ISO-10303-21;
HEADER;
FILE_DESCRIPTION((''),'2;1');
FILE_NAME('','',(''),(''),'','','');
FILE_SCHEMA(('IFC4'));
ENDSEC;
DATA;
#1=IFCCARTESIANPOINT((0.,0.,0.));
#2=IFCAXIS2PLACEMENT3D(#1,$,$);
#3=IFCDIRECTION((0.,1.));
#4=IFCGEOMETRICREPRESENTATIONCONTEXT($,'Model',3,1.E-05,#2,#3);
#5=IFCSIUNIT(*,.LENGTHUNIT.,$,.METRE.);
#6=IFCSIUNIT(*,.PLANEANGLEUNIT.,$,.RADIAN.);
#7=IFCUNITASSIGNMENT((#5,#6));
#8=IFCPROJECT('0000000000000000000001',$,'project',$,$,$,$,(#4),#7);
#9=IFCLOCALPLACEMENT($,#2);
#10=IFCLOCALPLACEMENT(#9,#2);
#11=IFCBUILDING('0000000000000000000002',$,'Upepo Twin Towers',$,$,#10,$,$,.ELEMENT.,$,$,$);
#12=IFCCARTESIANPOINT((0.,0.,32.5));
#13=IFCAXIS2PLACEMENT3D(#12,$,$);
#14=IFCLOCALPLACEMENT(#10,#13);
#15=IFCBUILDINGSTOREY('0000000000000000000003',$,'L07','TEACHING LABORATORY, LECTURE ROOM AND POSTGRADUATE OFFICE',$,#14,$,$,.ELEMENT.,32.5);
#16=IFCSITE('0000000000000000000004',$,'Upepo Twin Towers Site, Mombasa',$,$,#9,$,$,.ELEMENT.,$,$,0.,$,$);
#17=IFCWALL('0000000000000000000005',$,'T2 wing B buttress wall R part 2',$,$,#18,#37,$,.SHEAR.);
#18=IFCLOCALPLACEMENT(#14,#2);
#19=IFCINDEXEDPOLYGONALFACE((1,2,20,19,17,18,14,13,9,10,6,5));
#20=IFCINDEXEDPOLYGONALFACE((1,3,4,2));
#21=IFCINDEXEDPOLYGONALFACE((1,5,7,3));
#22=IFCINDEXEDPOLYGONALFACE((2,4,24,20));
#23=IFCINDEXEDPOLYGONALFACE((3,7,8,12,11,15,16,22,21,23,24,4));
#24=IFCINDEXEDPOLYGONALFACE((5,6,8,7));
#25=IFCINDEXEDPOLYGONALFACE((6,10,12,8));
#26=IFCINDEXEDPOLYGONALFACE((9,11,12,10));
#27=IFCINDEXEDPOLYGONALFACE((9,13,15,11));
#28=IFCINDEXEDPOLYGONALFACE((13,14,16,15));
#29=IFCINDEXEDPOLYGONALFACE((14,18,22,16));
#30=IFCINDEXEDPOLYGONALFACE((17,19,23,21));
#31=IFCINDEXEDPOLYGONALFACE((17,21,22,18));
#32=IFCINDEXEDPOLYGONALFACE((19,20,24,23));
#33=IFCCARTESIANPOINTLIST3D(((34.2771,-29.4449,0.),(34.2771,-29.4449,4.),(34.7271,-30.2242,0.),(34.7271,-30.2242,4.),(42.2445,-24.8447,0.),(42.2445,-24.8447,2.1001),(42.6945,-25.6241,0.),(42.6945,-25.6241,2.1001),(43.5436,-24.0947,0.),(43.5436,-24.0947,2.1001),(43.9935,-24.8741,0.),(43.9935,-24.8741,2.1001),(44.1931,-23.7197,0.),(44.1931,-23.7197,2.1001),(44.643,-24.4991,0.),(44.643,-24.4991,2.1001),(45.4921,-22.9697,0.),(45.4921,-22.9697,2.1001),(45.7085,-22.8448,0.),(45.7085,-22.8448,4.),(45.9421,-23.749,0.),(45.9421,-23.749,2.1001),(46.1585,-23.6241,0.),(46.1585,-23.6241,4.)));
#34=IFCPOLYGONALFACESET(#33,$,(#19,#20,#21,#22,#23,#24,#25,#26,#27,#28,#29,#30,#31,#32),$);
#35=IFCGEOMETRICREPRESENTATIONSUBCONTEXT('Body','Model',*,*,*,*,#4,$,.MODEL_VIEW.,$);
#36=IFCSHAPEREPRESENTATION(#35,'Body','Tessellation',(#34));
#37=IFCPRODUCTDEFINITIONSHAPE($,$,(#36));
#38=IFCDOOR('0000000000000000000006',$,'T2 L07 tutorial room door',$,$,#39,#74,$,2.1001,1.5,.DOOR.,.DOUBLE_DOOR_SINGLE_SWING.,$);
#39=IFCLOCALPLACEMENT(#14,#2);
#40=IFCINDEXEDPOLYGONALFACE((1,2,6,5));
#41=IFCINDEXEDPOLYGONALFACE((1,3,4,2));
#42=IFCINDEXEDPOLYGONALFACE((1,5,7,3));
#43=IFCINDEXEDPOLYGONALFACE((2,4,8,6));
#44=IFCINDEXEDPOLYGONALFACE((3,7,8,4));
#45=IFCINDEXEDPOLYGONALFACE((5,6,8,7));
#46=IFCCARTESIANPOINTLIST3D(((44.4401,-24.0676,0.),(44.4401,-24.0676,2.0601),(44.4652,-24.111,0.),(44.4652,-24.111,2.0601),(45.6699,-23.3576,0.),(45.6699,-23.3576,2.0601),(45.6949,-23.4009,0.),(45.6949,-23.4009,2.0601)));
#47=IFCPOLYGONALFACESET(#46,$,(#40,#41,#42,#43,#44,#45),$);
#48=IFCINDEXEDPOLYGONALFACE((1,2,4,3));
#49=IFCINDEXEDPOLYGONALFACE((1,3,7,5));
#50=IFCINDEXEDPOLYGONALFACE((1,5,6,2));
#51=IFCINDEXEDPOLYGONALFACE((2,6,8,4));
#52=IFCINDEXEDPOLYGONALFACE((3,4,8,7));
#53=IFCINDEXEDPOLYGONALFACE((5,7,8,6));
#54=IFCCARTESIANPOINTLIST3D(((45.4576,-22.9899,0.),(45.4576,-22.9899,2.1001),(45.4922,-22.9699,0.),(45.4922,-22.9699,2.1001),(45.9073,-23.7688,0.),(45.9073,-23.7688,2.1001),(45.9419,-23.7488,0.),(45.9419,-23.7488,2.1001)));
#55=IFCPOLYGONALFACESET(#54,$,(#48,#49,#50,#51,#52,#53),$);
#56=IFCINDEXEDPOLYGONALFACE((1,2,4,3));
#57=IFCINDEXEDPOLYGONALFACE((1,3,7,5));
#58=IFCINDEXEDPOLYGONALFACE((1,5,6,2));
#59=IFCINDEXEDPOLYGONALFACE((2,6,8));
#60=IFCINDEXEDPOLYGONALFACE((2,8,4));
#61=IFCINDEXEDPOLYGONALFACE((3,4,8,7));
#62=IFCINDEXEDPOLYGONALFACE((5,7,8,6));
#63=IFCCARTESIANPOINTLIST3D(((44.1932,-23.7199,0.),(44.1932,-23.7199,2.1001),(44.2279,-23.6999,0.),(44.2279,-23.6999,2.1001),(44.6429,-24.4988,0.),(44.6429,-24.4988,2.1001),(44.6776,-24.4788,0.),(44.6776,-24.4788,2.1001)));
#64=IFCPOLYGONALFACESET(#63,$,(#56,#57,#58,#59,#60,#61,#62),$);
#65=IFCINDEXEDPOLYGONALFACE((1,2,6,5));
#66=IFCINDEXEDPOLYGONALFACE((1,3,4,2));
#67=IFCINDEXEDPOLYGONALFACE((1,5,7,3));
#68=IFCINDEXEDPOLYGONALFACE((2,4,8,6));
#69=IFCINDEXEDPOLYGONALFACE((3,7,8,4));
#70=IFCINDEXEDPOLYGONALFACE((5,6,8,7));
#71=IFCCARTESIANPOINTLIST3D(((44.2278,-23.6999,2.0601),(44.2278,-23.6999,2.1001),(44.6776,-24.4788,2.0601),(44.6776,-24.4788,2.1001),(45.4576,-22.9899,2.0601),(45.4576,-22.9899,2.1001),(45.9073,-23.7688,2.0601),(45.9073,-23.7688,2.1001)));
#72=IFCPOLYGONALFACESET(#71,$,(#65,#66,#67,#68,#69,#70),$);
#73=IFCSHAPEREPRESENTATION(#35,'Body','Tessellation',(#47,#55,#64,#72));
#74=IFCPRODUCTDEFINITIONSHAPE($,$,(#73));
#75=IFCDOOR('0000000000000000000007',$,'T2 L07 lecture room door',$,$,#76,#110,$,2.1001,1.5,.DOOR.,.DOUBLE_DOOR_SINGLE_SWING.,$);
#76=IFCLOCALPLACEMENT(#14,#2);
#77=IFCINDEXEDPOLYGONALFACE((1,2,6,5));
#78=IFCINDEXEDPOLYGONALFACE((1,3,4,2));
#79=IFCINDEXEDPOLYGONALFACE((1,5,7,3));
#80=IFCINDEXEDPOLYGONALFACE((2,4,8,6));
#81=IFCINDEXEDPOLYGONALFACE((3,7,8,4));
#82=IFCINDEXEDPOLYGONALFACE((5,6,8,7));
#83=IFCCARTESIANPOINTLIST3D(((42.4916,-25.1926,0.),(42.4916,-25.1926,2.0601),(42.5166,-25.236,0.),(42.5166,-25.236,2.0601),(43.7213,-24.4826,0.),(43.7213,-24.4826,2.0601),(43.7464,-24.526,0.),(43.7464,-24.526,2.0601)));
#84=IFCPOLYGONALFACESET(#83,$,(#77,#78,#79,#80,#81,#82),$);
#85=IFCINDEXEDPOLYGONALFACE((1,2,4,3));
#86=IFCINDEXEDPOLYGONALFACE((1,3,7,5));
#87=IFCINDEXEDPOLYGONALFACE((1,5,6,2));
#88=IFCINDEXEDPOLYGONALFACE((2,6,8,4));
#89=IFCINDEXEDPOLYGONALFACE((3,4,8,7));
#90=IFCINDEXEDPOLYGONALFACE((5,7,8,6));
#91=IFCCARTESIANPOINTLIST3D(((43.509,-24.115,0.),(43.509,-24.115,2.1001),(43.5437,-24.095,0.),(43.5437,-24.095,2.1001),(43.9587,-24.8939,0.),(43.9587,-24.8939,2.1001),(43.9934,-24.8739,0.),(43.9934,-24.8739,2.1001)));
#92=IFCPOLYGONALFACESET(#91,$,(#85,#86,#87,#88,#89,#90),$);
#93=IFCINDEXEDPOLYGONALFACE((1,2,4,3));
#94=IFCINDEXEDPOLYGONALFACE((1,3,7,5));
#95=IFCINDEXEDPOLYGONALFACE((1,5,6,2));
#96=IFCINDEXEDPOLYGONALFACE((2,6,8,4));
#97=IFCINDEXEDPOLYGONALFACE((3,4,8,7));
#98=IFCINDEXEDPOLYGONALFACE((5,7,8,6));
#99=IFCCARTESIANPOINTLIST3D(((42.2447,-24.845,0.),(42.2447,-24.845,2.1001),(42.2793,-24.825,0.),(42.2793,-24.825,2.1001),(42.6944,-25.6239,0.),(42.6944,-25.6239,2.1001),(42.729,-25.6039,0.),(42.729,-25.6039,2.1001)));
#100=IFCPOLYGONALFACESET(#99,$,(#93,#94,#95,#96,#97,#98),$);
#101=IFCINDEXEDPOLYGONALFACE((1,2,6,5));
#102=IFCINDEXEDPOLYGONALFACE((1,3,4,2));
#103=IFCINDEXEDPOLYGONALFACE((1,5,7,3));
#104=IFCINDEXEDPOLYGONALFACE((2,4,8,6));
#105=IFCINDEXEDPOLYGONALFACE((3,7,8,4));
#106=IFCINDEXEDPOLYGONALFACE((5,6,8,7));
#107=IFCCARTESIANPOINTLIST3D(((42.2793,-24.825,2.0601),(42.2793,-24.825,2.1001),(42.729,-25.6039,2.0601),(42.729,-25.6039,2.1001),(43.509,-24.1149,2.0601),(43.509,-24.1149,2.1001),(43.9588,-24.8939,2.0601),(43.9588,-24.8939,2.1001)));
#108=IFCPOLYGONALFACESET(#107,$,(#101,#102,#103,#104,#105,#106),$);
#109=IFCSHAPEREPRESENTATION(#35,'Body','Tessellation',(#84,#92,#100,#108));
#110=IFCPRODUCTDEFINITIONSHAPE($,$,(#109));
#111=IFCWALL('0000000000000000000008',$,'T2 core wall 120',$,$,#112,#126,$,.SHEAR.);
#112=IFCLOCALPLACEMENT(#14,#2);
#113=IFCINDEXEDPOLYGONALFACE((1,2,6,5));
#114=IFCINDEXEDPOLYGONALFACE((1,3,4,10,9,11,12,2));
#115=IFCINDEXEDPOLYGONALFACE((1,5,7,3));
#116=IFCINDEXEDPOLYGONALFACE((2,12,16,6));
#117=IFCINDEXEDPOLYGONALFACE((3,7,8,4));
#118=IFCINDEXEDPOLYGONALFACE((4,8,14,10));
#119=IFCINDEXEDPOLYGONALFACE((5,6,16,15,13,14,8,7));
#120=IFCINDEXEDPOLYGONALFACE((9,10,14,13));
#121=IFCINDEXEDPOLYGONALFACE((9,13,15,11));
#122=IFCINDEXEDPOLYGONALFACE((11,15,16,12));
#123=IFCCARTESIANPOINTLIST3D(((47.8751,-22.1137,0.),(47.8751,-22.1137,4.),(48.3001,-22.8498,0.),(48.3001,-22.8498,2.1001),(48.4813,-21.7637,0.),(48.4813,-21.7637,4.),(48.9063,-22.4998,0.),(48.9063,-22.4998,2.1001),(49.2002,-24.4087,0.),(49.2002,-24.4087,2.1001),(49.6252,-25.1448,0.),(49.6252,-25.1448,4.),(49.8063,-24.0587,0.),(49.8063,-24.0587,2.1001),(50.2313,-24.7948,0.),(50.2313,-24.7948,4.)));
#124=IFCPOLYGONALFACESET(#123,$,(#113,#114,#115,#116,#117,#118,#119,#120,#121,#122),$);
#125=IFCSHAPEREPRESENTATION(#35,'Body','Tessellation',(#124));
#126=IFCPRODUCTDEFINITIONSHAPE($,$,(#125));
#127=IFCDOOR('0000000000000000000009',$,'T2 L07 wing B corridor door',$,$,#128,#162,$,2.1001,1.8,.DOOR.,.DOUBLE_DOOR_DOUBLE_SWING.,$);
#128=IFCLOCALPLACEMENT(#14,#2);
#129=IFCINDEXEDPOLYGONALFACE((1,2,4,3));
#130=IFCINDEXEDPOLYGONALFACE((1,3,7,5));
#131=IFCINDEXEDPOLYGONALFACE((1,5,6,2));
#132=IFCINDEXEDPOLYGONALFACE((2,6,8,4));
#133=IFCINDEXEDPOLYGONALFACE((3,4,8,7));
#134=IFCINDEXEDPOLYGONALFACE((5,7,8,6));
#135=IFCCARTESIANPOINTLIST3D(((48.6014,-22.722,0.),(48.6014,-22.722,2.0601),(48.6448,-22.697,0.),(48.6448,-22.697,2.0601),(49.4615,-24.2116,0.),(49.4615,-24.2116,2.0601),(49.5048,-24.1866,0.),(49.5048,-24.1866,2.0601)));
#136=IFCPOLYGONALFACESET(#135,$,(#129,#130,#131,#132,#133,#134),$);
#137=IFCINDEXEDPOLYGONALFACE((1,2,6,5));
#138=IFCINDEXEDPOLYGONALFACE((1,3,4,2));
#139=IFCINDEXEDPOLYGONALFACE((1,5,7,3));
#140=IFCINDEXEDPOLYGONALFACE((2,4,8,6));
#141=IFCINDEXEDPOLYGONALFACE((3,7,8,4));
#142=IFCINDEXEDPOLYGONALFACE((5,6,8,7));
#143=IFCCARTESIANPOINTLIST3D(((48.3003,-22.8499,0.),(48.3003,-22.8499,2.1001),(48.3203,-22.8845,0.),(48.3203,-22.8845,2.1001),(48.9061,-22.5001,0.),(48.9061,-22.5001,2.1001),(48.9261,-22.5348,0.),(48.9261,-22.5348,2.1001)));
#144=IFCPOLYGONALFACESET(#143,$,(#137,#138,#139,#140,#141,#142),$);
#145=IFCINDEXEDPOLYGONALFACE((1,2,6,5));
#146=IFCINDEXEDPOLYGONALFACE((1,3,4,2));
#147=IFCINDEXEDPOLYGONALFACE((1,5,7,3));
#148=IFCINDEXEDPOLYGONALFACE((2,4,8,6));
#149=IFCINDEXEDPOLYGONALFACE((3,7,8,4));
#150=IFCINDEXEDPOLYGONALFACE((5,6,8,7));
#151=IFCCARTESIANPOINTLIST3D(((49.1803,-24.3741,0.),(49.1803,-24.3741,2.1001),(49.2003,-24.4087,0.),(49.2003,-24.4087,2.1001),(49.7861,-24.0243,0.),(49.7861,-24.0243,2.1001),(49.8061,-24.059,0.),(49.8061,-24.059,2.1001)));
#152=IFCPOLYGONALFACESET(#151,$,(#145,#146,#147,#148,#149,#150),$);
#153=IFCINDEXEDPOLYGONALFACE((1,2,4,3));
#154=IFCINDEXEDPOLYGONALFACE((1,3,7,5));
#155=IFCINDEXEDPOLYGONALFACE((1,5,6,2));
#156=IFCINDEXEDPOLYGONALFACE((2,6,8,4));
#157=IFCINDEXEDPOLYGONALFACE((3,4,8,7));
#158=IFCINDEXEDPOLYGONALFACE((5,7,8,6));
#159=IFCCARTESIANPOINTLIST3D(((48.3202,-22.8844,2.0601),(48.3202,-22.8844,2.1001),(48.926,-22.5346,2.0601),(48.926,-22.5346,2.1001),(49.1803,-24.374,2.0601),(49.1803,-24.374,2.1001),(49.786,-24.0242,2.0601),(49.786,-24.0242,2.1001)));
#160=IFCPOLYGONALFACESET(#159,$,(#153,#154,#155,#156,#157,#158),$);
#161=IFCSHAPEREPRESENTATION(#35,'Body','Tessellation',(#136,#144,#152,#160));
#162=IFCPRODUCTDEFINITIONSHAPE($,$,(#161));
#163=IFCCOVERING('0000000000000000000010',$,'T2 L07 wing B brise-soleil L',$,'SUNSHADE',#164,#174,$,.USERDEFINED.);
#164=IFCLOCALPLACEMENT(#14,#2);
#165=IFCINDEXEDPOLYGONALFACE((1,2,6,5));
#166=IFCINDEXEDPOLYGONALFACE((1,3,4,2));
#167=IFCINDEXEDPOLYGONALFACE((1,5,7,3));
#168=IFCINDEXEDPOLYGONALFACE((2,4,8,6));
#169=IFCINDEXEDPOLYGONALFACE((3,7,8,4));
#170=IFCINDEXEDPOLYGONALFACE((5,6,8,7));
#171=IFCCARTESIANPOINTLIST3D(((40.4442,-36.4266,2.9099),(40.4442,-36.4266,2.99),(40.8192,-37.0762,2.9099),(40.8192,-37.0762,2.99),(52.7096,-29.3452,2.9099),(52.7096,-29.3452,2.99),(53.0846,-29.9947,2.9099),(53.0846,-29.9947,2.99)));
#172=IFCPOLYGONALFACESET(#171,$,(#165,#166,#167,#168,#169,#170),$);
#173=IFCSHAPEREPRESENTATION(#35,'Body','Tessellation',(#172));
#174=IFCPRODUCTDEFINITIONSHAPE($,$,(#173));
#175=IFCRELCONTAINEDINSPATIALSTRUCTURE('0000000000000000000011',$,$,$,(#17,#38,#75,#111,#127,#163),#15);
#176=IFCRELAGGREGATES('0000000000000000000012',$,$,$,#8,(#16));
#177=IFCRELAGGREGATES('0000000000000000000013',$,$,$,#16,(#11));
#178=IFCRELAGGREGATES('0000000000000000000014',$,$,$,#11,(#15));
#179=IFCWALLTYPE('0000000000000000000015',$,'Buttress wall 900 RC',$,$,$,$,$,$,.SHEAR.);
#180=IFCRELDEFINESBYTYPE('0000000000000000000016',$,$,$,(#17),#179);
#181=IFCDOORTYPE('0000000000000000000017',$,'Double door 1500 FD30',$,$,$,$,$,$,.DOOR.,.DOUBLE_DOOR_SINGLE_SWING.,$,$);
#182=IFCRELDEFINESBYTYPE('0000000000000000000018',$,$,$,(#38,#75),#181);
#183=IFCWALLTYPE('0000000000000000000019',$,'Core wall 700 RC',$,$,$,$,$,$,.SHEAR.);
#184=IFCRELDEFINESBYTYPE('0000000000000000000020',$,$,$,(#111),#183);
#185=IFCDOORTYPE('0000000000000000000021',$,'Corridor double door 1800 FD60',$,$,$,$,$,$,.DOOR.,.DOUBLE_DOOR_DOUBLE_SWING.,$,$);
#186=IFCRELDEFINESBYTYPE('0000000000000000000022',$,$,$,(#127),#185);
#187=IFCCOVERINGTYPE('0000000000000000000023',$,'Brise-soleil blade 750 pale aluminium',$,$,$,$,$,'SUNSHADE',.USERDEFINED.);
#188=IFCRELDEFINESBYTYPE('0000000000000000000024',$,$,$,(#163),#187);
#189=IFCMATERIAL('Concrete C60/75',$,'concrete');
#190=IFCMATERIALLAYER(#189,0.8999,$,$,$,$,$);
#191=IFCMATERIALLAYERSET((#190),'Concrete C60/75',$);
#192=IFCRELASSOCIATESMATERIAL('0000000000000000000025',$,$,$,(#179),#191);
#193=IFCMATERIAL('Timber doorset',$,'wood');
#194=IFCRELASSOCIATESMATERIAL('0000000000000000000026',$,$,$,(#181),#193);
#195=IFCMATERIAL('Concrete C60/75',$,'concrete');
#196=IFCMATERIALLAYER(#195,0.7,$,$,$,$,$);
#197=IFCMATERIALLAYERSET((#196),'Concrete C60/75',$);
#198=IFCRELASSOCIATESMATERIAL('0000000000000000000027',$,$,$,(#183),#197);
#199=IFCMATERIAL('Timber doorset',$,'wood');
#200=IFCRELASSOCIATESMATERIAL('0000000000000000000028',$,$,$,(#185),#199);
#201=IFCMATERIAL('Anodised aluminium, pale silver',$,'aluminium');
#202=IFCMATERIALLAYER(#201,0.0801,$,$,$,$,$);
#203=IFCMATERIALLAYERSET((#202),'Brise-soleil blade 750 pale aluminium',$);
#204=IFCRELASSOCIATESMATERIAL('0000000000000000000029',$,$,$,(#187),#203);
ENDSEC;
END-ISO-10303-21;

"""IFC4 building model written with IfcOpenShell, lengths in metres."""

from ifc_helpers import new_model, si_unit, direction, frame, frame_2d, origin, origin_2d, place, context, subcontext, project, spatial, rectangle, extrude, material, layer, layer_set, type_object, element, fill, save


model = new_model("IFC4")

# Units and contexts
model_context = context("Model", 3, precision=1e-05, world=origin(), true_north=direction((0.0, 1.0)))
body_context = subcontext(model_context, "Body", "Model", "MODEL_VIEW")
ifc_project = project(units=[si_unit("LENGTHUNIT", "METRE"), si_unit("PLANEANGLEUNIT", "RADIAN")], contexts=[model_context])

# Site, building, storey
site_placement = place(None, origin())
site = spatial("IfcSite", under=ifc_project, at=site_placement, Name="Upepo Twin Towers Site, Mombasa", CompositionType="ELEMENT", RefElevation=0.0)
building_placement = place(site_placement, origin())
building = spatial("IfcBuilding", under=site, at=building_placement, Name="Upepo Twin Towers", CompositionType="ELEMENT")
storey_placement = place(building_placement, frame((0.0, 0.0, 32.5)))
storey = spatial("IfcBuildingStorey", under=building, at=storey_placement, Name="L07", Description="TEACHING LABORATORY, LECTURE ROOM AND POSTGRADUATE OFFICE", CompositionType="ELEMENT", Elevation=32.5)

# Wall, openings, doors
ifc_material_1 = material(Name="Concrete C60/75", Category="concrete")
ifc_layer_1 = layer(ifc_material_1, 0.8999)
ifc_layer_set_1 = layer_set([ifc_layer_1], Name="Concrete C60/75")
wall_type_1 = type_object("IfcWallType", Name="Buttress wall 900 RC", PredefinedType="SHEAR", material=ifc_layer_set_1)
ifc_material_2 = material(Name="Timber doorset", Category="wood")
door_type_1 = type_object("IfcDoorType", Name="Double door 1500 FD30", OperationType="DOUBLE_DOOR_SINGLE_SWING", PredefinedType="DOOR", material=ifc_material_2)
wall_1_placement = place(storey_placement, frame((45.9336, -23.2344, 0.0), z_axis=(0.0, 0.0, 1.0), x_axis=(-0.86602, -0.50001, 0.0)))
wall_1 = element("IfcWall", 1, at=wall_1_placement, inside=storey, type_object=wall_type_1, Name="T2 wing B buttress wall R part 2", PredefinedType="SHEAR", context=body_context, shape_type="SweptSolid", body=[
    extrude(rectangle(XDim=13.2, YDim=0.8999, at=frame_2d((6.6001, 0.0))), origin(), (0.0, 0.0, 1.0), 4.0),
])
opening_1_placement = place(wall_1_placement, frame((0.25, 0.0, 0.0)))
opening_1 = element("IfcOpeningElement", 2, at=opening_1_placement, cuts=wall_1, PredefinedType="OPENING", context=body_context, shape_type="SweptSolid", body=[
    extrude(rectangle(XDim=1.5, YDim=2.1001, at=frame_2d((0.75, 1.05))), frame((0.0, 0.46, 0.0), z_axis=(0.0, -1.0, 0.0), x_axis=(1.0, 0.0, 0.0)), (0.0, 0.0, 1.0), 0.9199),
])
opening_2_placement = place(wall_1_placement, frame((2.5, 0.0, 0.0)))
opening_2 = element("IfcOpeningElement", 3, at=opening_2_placement, cuts=wall_1, PredefinedType="OPENING", context=body_context, shape_type="SweptSolid", body=[
    extrude(rectangle(XDim=1.5, YDim=2.1001, at=frame_2d((0.75, 1.05))), frame((0.0, 0.46, 0.0), z_axis=(0.0, -1.0, 0.0), x_axis=(1.0, 0.0, 0.0)), (0.0, 0.0, 1.0), 0.9199),
])
door_1_placement = place(opening_1_placement, origin())
door_1 = element("IfcDoor", 4, at=door_1_placement, inside=storey, type_object=door_type_1, Name="T2 L07 tutorial room door", OperationType="DOUBLE_DOOR_SINGLE_SWING", OverallHeight=2.1001, OverallWidth=1.5, PredefinedType="DOOR", context=body_context, shape_type="SweptSolid", body=[
    extrude(rectangle(XDim=1.42, YDim=2.0601, at=frame_2d((0.75, 1.03))), frame((0.0, 0.0249, 0.0), z_axis=(0.0, -1.0, 0.0), x_axis=(1.0, 0.0, 0.0)), (0.0, 0.0, 1.0), 0.05),
    extrude(rectangle(XDim=0.04, YDim=2.1001, at=frame_2d((0.02, 1.05))), frame((0.0, 0.4497, 0.0), z_axis=(0.0, -1.0, 0.0), x_axis=(1.0, 0.0, 0.0)), (0.0, 0.0, 1.0), 0.8994),
    extrude(rectangle(XDim=0.04, YDim=2.1001, at=frame_2d((1.48, 1.05))), frame((0.0, 0.4497, 0.0), z_axis=(0.0, -1.0, 0.0), x_axis=(1.0, 0.0, 0.0)), (0.0, 0.0, 1.0), 0.8994),
    extrude(rectangle(XDim=1.42, YDim=0.04, at=frame_2d((0.75, 2.0801))), frame((0.0, 0.4497, 0.0), z_axis=(0.0, -1.0, 0.0), x_axis=(1.0, 0.0, 0.0)), (0.0, 0.0, 1.0), 0.8994),
])
fill(opening_1, door_1)
door_2_placement = place(opening_2_placement, origin())
door_2 = element("IfcDoor", 5, at=door_2_placement, inside=storey, type_object=door_type_1, Name="T2 L07 lecture room door", OperationType="DOUBLE_DOOR_SINGLE_SWING", OverallHeight=2.1001, OverallWidth=1.5, PredefinedType="DOOR", context=body_context, shape_type="SweptSolid", body=[
    extrude(rectangle(XDim=1.42, YDim=2.0601, at=frame_2d((0.75, 1.03))), frame((0.0, 0.0249, 0.0), z_axis=(0.0, -1.0, 0.0), x_axis=(1.0, 0.0, 0.0)), (0.0, 0.0, 1.0), 0.05),
    extrude(rectangle(XDim=0.04, YDim=2.1001, at=frame_2d((0.02, 1.05))), frame((0.0, 0.4497, 0.0), z_axis=(0.0, -1.0, 0.0), x_axis=(1.0, 0.0, 0.0)), (0.0, 0.0, 1.0), 0.8994),
    extrude(rectangle(XDim=0.04, YDim=2.1001, at=frame_2d((1.48, 1.05))), frame((0.0, 0.4497, 0.0), z_axis=(0.0, -1.0, 0.0), x_axis=(1.0, 0.0, 0.0)), (0.0, 0.0, 1.0), 0.8994),
    extrude(rectangle(XDim=1.42, YDim=0.04, at=frame_2d((0.75, 2.0801))), frame((0.0, 0.4497, 0.0), z_axis=(0.0, -1.0, 0.0), x_axis=(1.0, 0.0, 0.0)), (0.0, 0.0, 1.0), 0.8994),
])
fill(opening_2, door_2)

# Wall, opening, door
ifc_material_3 = material(Name="Concrete C60/75", Category="concrete")
ifc_layer_2 = layer(ifc_material_3, 0.7)
ifc_layer_set_2 = layer_set([ifc_layer_2], Name="Concrete C60/75")
wall_type_2 = type_object("IfcWallType", Name="Core wall 700 RC", PredefinedType="SHEAR", material=ifc_layer_set_2)
wall_2_placement = place(storey_placement, frame((48.1782, -21.9387, 0.0), z_axis=(0.0, 0.0, 1.0), x_axis=(0.50001, -0.866019, 0.0)))
wall_2 = element("IfcWall", 6, at=wall_2_placement, inside=storey, type_object=wall_type_2, Name="T2 core wall 120", PredefinedType="SHEAR", context=body_context, shape_type="SweptSolid", body=[
    extrude(rectangle(XDim=3.5, YDim=0.7, at=frame_2d((1.75, 0.0))), origin(), (0.0, 0.0, 1.0), 4.0),
])
opening_3_placement = place(wall_2_placement, frame((0.8501, 0.0, 0.0)))
opening_3 = element("IfcOpeningElement", 7, at=opening_3_placement, cuts=wall_2, PredefinedType="OPENING", context=body_context, shape_type="SweptSolid", body=[
    extrude(rectangle(XDim=1.8, YDim=2.1001, at=frame_2d((0.8999, 1.05))), frame((0.0, 0.3599, 0.0), z_axis=(0.0, -1.0, 0.0), x_axis=(1.0, 0.0, 0.0)), (0.0, 0.0, 1.0), 0.72),
])
ifc_material_4 = material(Name="Timber doorset", Category="wood")
door_type_2 = type_object("IfcDoorType", Name="Corridor double door 1800 FD60", OperationType="DOUBLE_DOOR_DOUBLE_SWING", PredefinedType="DOOR", material=ifc_material_4)
door_3_placement = place(opening_3_placement, origin())
door_3 = element("IfcDoor", 8, at=door_3_placement, inside=storey, type_object=door_type_2, Name="T2 L07 wing B corridor door", OperationType="DOUBLE_DOOR_DOUBLE_SWING", OverallHeight=2.1001, OverallWidth=1.8, PredefinedType="DOOR", context=body_context, shape_type="SweptSolid", body=[
    extrude(rectangle(XDim=1.72, YDim=2.0601, at=frame_2d((0.8999, 1.03))), frame((0.0, 0.0249, 0.0), z_axis=(0.0, -1.0, 0.0), x_axis=(1.0, 0.0, 0.0)), (0.0, 0.0, 1.0), 0.05),
    extrude(rectangle(XDim=0.04, YDim=2.1001, at=frame_2d((0.02, 1.05))), frame((0.0, 0.3496, 0.0), z_axis=(0.0, -1.0, 0.0), x_axis=(1.0, 0.0, 0.0)), (0.0, 0.0, 1.0), 0.6995),
    extrude(rectangle(XDim=0.04, YDim=2.1001, at=frame_2d((1.78, 1.05))), frame((0.0, 0.3496, 0.0), z_axis=(0.0, -1.0, 0.0), x_axis=(1.0, 0.0, 0.0)), (0.0, 0.0, 1.0), 0.6995),
    extrude(rectangle(XDim=1.72, YDim=0.04, at=frame_2d((0.8999, 2.0801))), frame((0.0, 0.3496, 0.0), z_axis=(0.0, -1.0, 0.0), x_axis=(1.0, 0.0, 0.0)), (0.0, 0.0, 1.0), 0.6995),
])
fill(opening_3, door_3)

# Covering
ifc_material_5 = material(Name="Anodised aluminium, pale silver", Category="aluminium")
ifc_layer_3 = layer(ifc_material_5, 0.0801)
ifc_layer_set_3 = layer_set([ifc_layer_3], Name="Brise-soleil blade 750 pale aluminium")
covering_type = type_object("IfcCoveringType", Name="Brise-soleil blade 750 pale aluminium", ElementType="SUNSHADE", PredefinedType="USERDEFINED", material=ifc_layer_set_3)
covering_placement = place(storey_placement, frame((46.7644, -33.2107, 2.9099), z_axis=(0.0, 0.0, 1.0), x_axis=(-0.866025, -0.5, 0.0)))
element("IfcCovering", 9, at=covering_placement, inside=storey, type_object=covering_type, Name="T2 L07 wing B brise-soleil L", ObjectType="SUNSHADE", PredefinedType="USERDEFINED", context=body_context, shape_type="SweptSolid", body=[
    extrude(rectangle(XDim=14.1628, YDim=0.75, at=origin_2d()), origin(), (0.0, 0.0, 1.0), 0.0801),
])

save(model, "model.ifc")
